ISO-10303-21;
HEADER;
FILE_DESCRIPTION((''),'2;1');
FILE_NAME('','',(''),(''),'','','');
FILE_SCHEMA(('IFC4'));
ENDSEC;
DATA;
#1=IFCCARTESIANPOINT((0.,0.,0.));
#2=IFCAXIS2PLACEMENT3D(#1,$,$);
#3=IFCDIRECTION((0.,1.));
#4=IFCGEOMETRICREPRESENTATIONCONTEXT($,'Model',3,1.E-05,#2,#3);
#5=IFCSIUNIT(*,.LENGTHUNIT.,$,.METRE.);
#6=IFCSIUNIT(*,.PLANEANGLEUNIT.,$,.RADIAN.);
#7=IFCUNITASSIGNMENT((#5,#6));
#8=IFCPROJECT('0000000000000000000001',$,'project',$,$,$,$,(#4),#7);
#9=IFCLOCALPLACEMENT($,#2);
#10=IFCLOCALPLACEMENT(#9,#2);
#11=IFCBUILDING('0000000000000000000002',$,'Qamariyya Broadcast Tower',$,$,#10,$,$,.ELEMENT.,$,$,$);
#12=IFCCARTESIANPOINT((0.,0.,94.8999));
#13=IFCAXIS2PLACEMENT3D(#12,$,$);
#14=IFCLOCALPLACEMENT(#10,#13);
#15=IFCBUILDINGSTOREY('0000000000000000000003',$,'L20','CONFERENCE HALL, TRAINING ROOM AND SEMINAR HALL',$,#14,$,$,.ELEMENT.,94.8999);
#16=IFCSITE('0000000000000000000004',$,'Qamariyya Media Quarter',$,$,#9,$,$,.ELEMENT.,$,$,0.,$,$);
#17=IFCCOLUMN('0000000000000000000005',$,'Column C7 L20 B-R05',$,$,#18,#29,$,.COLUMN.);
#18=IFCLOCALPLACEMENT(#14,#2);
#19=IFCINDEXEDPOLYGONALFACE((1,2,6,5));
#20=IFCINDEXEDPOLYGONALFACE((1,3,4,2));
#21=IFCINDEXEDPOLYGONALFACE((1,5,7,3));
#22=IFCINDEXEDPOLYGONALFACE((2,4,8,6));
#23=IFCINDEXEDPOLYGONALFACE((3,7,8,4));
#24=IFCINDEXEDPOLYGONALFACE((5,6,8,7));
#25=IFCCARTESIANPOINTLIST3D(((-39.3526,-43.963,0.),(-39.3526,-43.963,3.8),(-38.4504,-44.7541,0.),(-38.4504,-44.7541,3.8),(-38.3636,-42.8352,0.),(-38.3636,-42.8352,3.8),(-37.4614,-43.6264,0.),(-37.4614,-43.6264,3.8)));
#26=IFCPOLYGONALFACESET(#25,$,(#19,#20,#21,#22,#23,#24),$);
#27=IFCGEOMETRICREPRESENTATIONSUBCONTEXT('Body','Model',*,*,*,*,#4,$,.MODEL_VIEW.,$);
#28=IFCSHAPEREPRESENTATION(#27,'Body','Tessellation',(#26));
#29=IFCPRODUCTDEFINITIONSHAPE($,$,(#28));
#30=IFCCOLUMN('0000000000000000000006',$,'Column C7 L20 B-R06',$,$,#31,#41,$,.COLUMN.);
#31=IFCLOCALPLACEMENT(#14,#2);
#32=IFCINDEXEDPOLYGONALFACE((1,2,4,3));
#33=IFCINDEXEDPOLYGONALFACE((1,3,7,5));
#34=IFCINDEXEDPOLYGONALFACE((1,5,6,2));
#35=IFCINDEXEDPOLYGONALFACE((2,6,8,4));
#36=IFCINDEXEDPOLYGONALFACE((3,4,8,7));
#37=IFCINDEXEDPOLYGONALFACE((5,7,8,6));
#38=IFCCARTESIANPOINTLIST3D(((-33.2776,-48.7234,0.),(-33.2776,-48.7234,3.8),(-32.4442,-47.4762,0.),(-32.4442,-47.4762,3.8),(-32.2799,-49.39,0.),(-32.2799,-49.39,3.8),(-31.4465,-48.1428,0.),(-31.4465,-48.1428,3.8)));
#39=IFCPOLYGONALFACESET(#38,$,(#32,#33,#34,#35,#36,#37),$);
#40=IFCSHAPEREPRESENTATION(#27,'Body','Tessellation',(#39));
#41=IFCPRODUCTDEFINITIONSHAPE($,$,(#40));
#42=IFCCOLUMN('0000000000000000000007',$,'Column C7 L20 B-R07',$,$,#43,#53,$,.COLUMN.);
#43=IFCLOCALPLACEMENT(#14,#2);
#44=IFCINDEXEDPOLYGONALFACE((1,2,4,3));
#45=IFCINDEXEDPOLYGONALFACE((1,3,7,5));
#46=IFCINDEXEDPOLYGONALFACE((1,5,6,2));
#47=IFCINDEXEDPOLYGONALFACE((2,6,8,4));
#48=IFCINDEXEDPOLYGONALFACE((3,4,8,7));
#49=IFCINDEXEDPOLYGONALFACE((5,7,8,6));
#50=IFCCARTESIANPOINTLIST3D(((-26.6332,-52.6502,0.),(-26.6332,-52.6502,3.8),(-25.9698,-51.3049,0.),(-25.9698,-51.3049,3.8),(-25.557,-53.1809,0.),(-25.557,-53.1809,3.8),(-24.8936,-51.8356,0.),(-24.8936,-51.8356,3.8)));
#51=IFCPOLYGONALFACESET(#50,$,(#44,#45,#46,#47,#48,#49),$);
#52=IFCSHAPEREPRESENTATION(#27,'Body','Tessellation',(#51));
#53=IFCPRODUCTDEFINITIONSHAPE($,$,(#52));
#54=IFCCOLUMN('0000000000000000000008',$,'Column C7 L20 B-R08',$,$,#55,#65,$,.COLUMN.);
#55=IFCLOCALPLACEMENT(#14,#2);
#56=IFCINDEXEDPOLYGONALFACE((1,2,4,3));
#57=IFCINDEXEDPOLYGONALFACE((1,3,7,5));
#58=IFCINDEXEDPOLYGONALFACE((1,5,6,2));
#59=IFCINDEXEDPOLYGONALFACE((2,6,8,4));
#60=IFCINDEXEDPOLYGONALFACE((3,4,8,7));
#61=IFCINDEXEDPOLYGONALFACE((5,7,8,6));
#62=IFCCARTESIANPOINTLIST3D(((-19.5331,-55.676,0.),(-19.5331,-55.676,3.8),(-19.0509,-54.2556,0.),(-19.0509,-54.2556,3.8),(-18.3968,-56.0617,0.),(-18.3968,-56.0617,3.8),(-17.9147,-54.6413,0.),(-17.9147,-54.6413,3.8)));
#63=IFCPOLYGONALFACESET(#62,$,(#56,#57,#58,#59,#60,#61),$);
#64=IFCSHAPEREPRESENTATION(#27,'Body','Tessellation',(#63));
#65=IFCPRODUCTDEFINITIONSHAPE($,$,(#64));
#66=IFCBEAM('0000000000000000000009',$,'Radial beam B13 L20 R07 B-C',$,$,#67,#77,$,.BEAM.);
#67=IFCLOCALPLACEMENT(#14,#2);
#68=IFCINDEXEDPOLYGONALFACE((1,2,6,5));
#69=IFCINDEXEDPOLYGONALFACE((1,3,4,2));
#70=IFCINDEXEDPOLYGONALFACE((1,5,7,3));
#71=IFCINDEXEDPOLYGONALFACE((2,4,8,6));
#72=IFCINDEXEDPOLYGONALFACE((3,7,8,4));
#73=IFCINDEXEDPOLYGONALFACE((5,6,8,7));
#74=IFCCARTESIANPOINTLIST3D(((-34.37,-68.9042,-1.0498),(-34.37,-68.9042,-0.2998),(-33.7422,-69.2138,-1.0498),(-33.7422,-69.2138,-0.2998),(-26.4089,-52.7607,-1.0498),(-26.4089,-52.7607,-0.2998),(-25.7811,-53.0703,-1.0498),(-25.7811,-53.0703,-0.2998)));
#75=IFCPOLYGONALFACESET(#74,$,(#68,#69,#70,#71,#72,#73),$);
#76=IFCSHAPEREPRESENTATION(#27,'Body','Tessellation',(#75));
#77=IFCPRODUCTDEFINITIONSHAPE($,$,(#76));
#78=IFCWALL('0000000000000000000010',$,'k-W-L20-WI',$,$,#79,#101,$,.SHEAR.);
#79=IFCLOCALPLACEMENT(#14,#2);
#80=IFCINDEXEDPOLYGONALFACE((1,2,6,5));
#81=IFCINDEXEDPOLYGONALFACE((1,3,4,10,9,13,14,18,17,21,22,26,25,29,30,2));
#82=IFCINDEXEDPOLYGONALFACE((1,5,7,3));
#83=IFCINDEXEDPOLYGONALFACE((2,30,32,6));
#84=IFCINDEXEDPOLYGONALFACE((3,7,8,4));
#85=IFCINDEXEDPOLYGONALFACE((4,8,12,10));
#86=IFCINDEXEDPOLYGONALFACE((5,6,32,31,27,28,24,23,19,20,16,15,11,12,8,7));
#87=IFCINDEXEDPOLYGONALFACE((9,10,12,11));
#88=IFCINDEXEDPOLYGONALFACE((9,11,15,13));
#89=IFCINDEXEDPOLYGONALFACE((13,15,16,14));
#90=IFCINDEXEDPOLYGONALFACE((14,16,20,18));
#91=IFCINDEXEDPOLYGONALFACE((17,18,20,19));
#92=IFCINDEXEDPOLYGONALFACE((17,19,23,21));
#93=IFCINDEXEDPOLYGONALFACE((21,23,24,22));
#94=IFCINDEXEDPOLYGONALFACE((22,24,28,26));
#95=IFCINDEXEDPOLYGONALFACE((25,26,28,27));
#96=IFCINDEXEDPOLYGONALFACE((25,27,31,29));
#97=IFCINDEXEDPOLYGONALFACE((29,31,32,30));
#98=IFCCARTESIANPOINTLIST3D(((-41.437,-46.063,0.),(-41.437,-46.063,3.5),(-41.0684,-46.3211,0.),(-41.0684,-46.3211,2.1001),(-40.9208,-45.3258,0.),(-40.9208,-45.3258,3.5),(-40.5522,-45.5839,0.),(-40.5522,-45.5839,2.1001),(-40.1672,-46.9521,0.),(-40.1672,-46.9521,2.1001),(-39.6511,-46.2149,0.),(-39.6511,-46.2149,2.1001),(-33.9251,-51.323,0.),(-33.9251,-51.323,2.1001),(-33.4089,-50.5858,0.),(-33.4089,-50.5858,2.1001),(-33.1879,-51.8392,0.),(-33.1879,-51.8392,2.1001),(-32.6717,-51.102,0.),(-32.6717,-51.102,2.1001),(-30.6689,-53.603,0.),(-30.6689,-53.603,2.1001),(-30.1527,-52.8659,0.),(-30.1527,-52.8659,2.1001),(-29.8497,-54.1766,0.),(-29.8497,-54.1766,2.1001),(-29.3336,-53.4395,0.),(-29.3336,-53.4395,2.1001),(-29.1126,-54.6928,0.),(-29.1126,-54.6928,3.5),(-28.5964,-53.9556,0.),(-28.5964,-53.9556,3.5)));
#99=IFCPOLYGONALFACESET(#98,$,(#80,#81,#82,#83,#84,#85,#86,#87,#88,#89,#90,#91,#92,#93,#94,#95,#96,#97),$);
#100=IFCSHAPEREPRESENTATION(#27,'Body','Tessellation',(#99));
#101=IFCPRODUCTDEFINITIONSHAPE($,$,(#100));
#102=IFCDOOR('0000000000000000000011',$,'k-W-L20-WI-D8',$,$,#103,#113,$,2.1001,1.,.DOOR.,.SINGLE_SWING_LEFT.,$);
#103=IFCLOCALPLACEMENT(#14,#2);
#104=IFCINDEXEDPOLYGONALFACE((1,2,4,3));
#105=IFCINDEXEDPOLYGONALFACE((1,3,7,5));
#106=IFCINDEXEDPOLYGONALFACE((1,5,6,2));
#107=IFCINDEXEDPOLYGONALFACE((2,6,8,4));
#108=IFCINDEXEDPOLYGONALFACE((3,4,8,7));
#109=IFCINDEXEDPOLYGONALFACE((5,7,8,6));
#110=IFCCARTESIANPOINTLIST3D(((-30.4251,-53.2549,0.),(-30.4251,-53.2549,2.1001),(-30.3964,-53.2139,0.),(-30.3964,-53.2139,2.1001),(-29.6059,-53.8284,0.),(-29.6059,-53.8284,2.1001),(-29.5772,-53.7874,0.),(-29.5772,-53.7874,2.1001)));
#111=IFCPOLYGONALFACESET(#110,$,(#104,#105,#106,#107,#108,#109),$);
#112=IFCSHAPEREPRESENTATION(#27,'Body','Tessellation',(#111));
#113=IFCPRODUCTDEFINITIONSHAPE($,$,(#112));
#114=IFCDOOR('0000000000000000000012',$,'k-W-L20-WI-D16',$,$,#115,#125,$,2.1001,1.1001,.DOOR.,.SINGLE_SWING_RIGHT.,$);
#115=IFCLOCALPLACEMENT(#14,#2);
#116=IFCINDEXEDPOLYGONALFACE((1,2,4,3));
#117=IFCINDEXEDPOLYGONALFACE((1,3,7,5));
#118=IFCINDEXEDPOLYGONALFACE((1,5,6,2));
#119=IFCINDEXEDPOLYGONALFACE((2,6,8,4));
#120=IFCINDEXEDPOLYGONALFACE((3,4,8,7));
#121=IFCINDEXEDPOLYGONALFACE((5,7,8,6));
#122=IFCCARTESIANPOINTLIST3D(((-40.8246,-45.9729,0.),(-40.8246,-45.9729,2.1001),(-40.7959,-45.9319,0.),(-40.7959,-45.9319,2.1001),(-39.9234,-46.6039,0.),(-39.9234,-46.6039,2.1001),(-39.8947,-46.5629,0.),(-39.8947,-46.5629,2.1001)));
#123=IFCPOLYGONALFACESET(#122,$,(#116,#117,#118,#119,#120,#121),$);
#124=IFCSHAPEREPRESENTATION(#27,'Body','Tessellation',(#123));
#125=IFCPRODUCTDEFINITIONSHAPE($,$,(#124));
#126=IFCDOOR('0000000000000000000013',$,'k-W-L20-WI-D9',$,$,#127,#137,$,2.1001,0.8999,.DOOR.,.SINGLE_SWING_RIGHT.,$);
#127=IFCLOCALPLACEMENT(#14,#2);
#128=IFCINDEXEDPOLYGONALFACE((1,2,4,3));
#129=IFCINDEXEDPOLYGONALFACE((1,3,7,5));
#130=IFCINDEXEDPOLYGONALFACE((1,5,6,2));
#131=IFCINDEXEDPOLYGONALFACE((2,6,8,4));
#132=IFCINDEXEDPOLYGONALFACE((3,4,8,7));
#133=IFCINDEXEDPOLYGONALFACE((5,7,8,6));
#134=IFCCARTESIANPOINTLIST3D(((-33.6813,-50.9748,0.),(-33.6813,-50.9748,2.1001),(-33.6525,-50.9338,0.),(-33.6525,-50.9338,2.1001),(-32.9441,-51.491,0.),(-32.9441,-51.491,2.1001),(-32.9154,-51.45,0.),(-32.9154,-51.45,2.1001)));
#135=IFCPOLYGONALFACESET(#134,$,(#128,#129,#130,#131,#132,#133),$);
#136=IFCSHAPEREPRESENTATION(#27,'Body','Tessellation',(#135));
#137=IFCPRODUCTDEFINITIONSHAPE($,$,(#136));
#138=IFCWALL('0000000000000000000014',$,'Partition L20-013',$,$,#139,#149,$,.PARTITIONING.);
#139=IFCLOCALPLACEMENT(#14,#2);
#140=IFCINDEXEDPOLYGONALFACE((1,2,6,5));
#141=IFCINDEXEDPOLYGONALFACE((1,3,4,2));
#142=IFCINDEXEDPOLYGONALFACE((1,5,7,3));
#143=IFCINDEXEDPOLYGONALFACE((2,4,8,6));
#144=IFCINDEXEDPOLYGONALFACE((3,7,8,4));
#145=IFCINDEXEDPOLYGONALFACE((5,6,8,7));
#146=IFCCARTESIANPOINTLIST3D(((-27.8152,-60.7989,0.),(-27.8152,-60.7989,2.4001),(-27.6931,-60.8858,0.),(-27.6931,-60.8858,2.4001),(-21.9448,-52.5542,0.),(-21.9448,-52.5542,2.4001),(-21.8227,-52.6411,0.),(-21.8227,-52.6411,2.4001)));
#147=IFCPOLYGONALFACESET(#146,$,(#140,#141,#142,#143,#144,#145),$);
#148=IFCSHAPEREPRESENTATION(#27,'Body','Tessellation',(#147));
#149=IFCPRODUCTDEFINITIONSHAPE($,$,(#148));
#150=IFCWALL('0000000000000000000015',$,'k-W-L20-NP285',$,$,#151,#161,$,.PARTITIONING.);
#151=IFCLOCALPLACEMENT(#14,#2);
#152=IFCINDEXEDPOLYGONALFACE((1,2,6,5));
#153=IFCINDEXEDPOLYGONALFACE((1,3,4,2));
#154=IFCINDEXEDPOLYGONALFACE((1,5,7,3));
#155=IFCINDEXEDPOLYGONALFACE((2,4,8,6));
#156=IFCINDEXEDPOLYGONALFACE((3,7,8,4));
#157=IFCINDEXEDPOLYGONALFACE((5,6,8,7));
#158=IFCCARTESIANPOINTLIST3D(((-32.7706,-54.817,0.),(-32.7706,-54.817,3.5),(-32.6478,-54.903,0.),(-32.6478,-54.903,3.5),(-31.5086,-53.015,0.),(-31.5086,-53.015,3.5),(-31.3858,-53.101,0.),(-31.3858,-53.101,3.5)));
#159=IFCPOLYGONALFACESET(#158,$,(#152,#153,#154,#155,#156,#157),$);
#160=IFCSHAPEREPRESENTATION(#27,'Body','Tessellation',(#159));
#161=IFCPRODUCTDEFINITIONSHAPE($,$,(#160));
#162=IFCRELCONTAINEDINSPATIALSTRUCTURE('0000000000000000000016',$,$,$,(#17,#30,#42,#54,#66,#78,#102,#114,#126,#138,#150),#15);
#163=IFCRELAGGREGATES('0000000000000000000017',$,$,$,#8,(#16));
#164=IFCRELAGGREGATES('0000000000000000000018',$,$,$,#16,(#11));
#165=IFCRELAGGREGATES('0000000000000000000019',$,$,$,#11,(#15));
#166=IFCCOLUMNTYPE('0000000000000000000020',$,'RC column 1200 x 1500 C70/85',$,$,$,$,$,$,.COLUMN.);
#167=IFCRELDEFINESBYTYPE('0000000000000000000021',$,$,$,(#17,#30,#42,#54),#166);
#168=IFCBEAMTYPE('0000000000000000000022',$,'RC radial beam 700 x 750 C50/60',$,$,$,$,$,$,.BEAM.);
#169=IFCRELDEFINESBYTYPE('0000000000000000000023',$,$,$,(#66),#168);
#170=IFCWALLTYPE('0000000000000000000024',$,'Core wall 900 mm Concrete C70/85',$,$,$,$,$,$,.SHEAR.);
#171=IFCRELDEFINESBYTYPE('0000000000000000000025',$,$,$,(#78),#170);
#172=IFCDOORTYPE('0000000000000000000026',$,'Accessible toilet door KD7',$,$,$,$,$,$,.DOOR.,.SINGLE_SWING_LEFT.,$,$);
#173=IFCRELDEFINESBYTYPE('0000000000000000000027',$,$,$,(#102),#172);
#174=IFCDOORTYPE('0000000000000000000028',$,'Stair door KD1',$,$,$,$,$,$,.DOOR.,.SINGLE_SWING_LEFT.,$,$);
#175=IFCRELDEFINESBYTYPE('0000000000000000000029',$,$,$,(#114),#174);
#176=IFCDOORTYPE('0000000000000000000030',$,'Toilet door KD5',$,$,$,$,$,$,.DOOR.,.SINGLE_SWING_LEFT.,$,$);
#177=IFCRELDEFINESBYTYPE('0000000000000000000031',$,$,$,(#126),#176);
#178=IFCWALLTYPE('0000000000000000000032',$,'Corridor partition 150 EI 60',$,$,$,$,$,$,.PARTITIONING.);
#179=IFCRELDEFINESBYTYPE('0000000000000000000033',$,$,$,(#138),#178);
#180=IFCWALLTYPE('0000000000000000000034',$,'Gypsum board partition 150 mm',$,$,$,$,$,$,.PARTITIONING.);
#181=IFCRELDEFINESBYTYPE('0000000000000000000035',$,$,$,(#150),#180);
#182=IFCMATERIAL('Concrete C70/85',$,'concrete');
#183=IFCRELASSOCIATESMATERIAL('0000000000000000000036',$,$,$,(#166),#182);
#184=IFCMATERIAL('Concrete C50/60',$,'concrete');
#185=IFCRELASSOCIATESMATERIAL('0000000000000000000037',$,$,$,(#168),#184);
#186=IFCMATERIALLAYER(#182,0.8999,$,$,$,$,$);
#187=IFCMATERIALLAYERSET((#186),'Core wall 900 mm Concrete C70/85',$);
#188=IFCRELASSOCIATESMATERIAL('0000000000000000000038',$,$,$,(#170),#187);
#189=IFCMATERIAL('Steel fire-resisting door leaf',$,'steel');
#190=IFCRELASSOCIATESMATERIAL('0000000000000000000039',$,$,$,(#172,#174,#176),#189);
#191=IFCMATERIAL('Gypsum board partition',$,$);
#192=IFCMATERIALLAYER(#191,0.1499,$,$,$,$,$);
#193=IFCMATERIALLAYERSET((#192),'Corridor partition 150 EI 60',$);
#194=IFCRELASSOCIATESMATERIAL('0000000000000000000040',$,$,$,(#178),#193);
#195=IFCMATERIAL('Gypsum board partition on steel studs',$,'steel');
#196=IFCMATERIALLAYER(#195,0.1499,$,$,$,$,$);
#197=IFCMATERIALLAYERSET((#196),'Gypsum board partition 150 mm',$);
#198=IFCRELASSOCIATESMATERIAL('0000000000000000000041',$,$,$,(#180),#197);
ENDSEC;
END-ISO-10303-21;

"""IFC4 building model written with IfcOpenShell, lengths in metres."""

from ifc_helpers import new_model, si_unit, direction, frame, frame_2d, origin, origin_2d, place, context, subcontext, project, spatial, rectangle, extrude, material, layer, layer_set, material_profile, profile_set, type_object, element, fill, save


model = new_model("IFC4")

# Units and contexts
model_context = context("Model", 3, precision=1e-05, world=origin(), true_north=direction((0.0, 1.0)))
body_context = subcontext(model_context, "Body", "Model", "MODEL_VIEW")
ifc_project = project(units=[si_unit("LENGTHUNIT", "METRE"), si_unit("PLANEANGLEUNIT", "RADIAN")], contexts=[model_context])

# Site, building, storey
site_placement = place(None, origin())
site = spatial("IfcSite", under=ifc_project, at=site_placement, Name="Qamariyya Media Quarter", CompositionType="ELEMENT", RefElevation=0.0)
building_placement = place(site_placement, origin())
building = spatial("IfcBuilding", under=site, at=building_placement, Name="Qamariyya Broadcast Tower", CompositionType="ELEMENT")
storey_placement = place(building_placement, frame((0.0, 0.0, 94.8999)))
storey = spatial("IfcBuildingStorey", under=building, at=storey_placement, Name="L20", Description="CONFERENCE HALL, TRAINING ROOM AND SEMINAR HALL", CompositionType="ELEMENT", Elevation=94.8999)

# Columns
ifc_material_1 = material(Name="Concrete C70/85", Category="concrete")
ifc_material_profile_1 = material_profile(ifc_material_1, rectangle(XDim=1.2, YDim=1.5, at=origin_2d()))
ifc_profile_set_1 = profile_set([ifc_material_profile_1], Name="Concrete C70/85")
column_type = type_object("IfcColumnType", Name="RC column 1200 x 1500 C70/85", PredefinedType="COLUMN", material=ifc_profile_set_1)
for number, where, z_axis, x_axis, name in (
    (1, (-38.407, -43.7947, 0.0), (0.0, 0.0, 1.0), (0.75184, -0.659346, 0.0), "Column C7 L20 B-R05"),
    (2, (-32.3621, -48.4331, 0.0), (0.0, 0.0, 1.0), (0.83147, -0.55557, 0.0), "Column C7 L20 B-R06"),
    (3, (-25.7634, -52.2429, 0.0), (0.0, 0.0, 1.0), (0.896873, -0.442289, 0.0), "Column C7 L20 B-R07"),
    (4, (-18.7239, -55.1587, 0.0), (0.0, 0.0, 1.0), (0.94693, -0.321439, 0.0), "Column C7 L20 B-R08"),
):
    element("IfcColumn", number, at=place(storey_placement, frame(where, z_axis=z_axis, x_axis=x_axis)), inside=storey, type_object=column_type, Name=name, PredefinedType="COLUMN", context=body_context, shape_type="SweptSolid", body=[
        extrude(rectangle(XDim=1.2, YDim=1.5, at=origin_2d()), origin(), (0.0, 0.0, 1.0), 3.8),
    ])

# Beam
ifc_material_2 = material(Name="Concrete C50/60", Category="concrete")
ifc_material_profile_2 = material_profile(ifc_material_2, rectangle(XDim=0.7, YDim=0.75, at=origin_2d()))
ifc_profile_set_2 = profile_set([ifc_material_profile_2], Name="Concrete C50/60")
beam_type = type_object("IfcBeamType", Name="RC radial beam 700 x 750 C50/60", PredefinedType="BEAM", material=ifc_profile_set_2)
beam_placement = place(storey_placement, frame((-26.095, -52.9155, -0.6748), z_axis=(-0.442291, -0.896871, 0.0), x_axis=(0.896871, -0.442291, 0.0)))
element("IfcBeam", 5, at=beam_placement, inside=storey, type_object=beam_type, Name="Radial beam B13 L20 R07 B-C", PredefinedType="BEAM", context=body_context, shape_type="SweptSolid", body=[
    extrude(rectangle(XDim=0.7, YDim=0.75, at=origin_2d()), origin(), (0.0, 0.0, 1.0), 17.9998),
])

# Wall, openings, doors
ifc_layer_1 = layer(ifc_material_1, 0.8999)
ifc_layer_set_1 = layer_set([ifc_layer_1], Name="Core wall 900 mm Concrete C70/85")
wall_type_1 = type_object("IfcWallType", Name="Core wall 900 mm Concrete C70/85", PredefinedType="SHEAR", material=ifc_layer_set_1)
wall_1_placement = place(storey_placement, frame((-28.8545, -54.3242, 0.0), z_axis=(0.0, 0.0, 1.0), x_axis=(-0.819146, 0.573585, 0.0)))
wall_1 = element("IfcWall", 6, at=wall_1_placement, inside=storey, type_object=wall_type_1, Name="k-W-L20-WI", PredefinedType="SHEAR", context=body_context, shape_type="SweptSolid", body=[
    extrude(rectangle(XDim=15.0454, YDim=0.8999, at=frame_2d((7.5227, 0.0))), origin(), (0.0, 0.0, 1.0), 3.5),
])
opening_1_placement = place(wall_1_placement, frame((0.8999, 0.0, 0.0)))
opening_1 = element("IfcOpeningElement", 7, at=opening_1_placement, cuts=wall_1, PredefinedType="OPENING", context=body_context, shape_type="SweptSolid", body=[
    extrude(rectangle(XDim=1.0, YDim=2.1001, at=frame_2d((0.5, 1.05))), frame((0.0, 0.46, 0.0), z_axis=(0.0, -1.0, 0.0), x_axis=(1.0, 0.0, 0.0)), (0.0, 0.0, 1.0), 0.9199),
])
opening_2_placement = place(wall_1_placement, frame((4.9751, 0.0, 0.0)))
opening_2 = element("IfcOpeningElement", 8, at=opening_2_placement, cuts=wall_1, PredefinedType="OPENING", context=body_context, shape_type="SweptSolid", body=[
    extrude(rectangle(XDim=0.8999, YDim=2.1001, at=frame_2d((0.45, 1.05))), frame((0.0, 0.46, 0.0), z_axis=(0.0, -1.0, 0.0), x_axis=(1.0, 0.0, 0.0)), (0.0, 0.0, 1.0), 0.9199),
])
opening_3_placement = place(wall_1_placement, frame((13.4954, 0.0, 0.0)))
opening_3 = element("IfcOpeningElement", 9, at=opening_3_placement, cuts=wall_1, PredefinedType="OPENING", context=body_context, shape_type="SweptSolid", body=[
    extrude(rectangle(XDim=1.1001, YDim=2.1001, at=frame_2d((0.55, 1.05))), frame((0.0, 0.46, 0.0), z_axis=(0.0, -1.0, 0.0), x_axis=(1.0, 0.0, 0.0)), (0.0, 0.0, 1.0), 0.9199),
])
ifc_material_3 = material(Name="Steel fire-resisting door leaf", Category="steel")
door_type_1 = type_object("IfcDoorType", Name="Accessible toilet door KD7", OperationType="SINGLE_SWING_LEFT", PredefinedType="DOOR", material=ifc_material_3)
door_1_placement = place(opening_1_placement, origin())
door_1 = element("IfcDoor", 10, at=door_1_placement, inside=storey, type_object=door_type_1, Name="k-W-L20-WI-D8", OperationType="SINGLE_SWING_LEFT", OverallHeight=2.1001, OverallWidth=1.0, PredefinedType="DOOR", context=body_context, shape_type="SweptSolid", body=[
    extrude(rectangle(XDim=1.0, YDim=2.1001, at=frame_2d((0.5, 1.05))), frame((0.0, 0.0249, 0.0), z_axis=(0.0, -1.0, 0.0), x_axis=(1.0, 0.0, 0.0)), (0.0, 0.0, 1.0), 0.05),
])
fill(opening_1, door_1)
door_type_2 = type_object("IfcDoorType", Name="Stair door KD1", OperationType="SINGLE_SWING_LEFT", PredefinedType="DOOR", material=ifc_material_3)
door_2_placement = place(opening_3_placement, origin())
door_2 = element("IfcDoor", 11, at=door_2_placement, inside=storey, type_object=door_type_2, Name="k-W-L20-WI-D16", OperationType="SINGLE_SWING_RIGHT", OverallHeight=2.1001, OverallWidth=1.1001, PredefinedType="DOOR", context=body_context, shape_type="SweptSolid", body=[
    extrude(rectangle(XDim=1.1001, YDim=2.1001, at=frame_2d((0.55, 1.05))), frame((0.0, 0.0249, 0.0), z_axis=(0.0, -1.0, 0.0), x_axis=(1.0, 0.0, 0.0)), (0.0, 0.0, 1.0), 0.05),
])
fill(opening_3, door_2)
door_type_3 = type_object("IfcDoorType", Name="Toilet door KD5", OperationType="SINGLE_SWING_LEFT", PredefinedType="DOOR", material=ifc_material_3)
door_3_placement = place(opening_2_placement, origin())
door_3 = element("IfcDoor", 12, at=door_3_placement, inside=storey, type_object=door_type_3, Name="k-W-L20-WI-D9", OperationType="SINGLE_SWING_RIGHT", OverallHeight=2.1001, OverallWidth=0.8999, PredefinedType="DOOR", context=body_context, shape_type="SweptSolid", body=[
    extrude(rectangle(XDim=0.8999, YDim=2.1001, at=frame_2d((0.45, 1.05))), frame((0.0, 0.0249, 0.0), z_axis=(0.0, -1.0, 0.0), x_axis=(1.0, 0.0, 0.0)), (0.0, 0.0, 1.0), 0.05),
])
fill(opening_2, door_3)

# Walls
ifc_material_4 = material(Name="Gypsum board partition")
ifc_layer_2 = layer(ifc_material_4, 0.1499)
ifc_layer_set_2 = layer_set([ifc_layer_2], Name="Corridor partition 150 EI 60")
wall_type_2 = type_object("IfcWallType", Name="Corridor partition 150 EI 60", PredefinedType="PARTITIONING", material=ifc_layer_set_2)
wall_2_placement = place(storey_placement, frame((-21.8838, -52.5977, 0.0), z_axis=(0.0, 0.0, 1.0), x_axis=(-0.580017, -0.814605, 0.0)))
element("IfcWall", 13, at=wall_2_placement, inside=storey, type_object=wall_type_2, Name="Partition L20-013", PredefinedType="PARTITIONING", context=body_context, shape_type="SweptSolid", body=[
    extrude(rectangle(XDim=10.1211, YDim=0.1499, at=frame_2d((5.0605, 0.0))), origin(), (0.0, 0.0, 1.0), 2.4001),
])
ifc_material_5 = material(Name="Gypsum board partition on steel studs", Category="steel")
ifc_layer_3 = layer(ifc_material_5, 0.1499)
ifc_layer_set_3 = layer_set([ifc_layer_3], Name="Gypsum board partition 150 mm")
wall_type_3 = type_object("IfcWallType", Name="Gypsum board partition 150 mm", PredefinedType="PARTITIONING", material=ifc_layer_set_3)
wall_3_placement = place(storey_placement, frame((-32.7092, -54.8601, 0.0), z_axis=(0.0, 0.0, 1.0), x_axis=(0.573634, 0.819112, 0.0)))
element("IfcWall", 14, at=wall_3_placement, inside=storey, type_object=wall_type_3, Name="k-W-L20-NP285", PredefinedType="PARTITIONING", context=body_context, shape_type="SweptSolid", body=[
    extrude(rectangle(XDim=2.2, YDim=0.1499, at=frame_2d((1.1001, 0.0))), origin(), (0.0, 0.0, 1.0), 3.5),
])

save(model, "model.ifc")
